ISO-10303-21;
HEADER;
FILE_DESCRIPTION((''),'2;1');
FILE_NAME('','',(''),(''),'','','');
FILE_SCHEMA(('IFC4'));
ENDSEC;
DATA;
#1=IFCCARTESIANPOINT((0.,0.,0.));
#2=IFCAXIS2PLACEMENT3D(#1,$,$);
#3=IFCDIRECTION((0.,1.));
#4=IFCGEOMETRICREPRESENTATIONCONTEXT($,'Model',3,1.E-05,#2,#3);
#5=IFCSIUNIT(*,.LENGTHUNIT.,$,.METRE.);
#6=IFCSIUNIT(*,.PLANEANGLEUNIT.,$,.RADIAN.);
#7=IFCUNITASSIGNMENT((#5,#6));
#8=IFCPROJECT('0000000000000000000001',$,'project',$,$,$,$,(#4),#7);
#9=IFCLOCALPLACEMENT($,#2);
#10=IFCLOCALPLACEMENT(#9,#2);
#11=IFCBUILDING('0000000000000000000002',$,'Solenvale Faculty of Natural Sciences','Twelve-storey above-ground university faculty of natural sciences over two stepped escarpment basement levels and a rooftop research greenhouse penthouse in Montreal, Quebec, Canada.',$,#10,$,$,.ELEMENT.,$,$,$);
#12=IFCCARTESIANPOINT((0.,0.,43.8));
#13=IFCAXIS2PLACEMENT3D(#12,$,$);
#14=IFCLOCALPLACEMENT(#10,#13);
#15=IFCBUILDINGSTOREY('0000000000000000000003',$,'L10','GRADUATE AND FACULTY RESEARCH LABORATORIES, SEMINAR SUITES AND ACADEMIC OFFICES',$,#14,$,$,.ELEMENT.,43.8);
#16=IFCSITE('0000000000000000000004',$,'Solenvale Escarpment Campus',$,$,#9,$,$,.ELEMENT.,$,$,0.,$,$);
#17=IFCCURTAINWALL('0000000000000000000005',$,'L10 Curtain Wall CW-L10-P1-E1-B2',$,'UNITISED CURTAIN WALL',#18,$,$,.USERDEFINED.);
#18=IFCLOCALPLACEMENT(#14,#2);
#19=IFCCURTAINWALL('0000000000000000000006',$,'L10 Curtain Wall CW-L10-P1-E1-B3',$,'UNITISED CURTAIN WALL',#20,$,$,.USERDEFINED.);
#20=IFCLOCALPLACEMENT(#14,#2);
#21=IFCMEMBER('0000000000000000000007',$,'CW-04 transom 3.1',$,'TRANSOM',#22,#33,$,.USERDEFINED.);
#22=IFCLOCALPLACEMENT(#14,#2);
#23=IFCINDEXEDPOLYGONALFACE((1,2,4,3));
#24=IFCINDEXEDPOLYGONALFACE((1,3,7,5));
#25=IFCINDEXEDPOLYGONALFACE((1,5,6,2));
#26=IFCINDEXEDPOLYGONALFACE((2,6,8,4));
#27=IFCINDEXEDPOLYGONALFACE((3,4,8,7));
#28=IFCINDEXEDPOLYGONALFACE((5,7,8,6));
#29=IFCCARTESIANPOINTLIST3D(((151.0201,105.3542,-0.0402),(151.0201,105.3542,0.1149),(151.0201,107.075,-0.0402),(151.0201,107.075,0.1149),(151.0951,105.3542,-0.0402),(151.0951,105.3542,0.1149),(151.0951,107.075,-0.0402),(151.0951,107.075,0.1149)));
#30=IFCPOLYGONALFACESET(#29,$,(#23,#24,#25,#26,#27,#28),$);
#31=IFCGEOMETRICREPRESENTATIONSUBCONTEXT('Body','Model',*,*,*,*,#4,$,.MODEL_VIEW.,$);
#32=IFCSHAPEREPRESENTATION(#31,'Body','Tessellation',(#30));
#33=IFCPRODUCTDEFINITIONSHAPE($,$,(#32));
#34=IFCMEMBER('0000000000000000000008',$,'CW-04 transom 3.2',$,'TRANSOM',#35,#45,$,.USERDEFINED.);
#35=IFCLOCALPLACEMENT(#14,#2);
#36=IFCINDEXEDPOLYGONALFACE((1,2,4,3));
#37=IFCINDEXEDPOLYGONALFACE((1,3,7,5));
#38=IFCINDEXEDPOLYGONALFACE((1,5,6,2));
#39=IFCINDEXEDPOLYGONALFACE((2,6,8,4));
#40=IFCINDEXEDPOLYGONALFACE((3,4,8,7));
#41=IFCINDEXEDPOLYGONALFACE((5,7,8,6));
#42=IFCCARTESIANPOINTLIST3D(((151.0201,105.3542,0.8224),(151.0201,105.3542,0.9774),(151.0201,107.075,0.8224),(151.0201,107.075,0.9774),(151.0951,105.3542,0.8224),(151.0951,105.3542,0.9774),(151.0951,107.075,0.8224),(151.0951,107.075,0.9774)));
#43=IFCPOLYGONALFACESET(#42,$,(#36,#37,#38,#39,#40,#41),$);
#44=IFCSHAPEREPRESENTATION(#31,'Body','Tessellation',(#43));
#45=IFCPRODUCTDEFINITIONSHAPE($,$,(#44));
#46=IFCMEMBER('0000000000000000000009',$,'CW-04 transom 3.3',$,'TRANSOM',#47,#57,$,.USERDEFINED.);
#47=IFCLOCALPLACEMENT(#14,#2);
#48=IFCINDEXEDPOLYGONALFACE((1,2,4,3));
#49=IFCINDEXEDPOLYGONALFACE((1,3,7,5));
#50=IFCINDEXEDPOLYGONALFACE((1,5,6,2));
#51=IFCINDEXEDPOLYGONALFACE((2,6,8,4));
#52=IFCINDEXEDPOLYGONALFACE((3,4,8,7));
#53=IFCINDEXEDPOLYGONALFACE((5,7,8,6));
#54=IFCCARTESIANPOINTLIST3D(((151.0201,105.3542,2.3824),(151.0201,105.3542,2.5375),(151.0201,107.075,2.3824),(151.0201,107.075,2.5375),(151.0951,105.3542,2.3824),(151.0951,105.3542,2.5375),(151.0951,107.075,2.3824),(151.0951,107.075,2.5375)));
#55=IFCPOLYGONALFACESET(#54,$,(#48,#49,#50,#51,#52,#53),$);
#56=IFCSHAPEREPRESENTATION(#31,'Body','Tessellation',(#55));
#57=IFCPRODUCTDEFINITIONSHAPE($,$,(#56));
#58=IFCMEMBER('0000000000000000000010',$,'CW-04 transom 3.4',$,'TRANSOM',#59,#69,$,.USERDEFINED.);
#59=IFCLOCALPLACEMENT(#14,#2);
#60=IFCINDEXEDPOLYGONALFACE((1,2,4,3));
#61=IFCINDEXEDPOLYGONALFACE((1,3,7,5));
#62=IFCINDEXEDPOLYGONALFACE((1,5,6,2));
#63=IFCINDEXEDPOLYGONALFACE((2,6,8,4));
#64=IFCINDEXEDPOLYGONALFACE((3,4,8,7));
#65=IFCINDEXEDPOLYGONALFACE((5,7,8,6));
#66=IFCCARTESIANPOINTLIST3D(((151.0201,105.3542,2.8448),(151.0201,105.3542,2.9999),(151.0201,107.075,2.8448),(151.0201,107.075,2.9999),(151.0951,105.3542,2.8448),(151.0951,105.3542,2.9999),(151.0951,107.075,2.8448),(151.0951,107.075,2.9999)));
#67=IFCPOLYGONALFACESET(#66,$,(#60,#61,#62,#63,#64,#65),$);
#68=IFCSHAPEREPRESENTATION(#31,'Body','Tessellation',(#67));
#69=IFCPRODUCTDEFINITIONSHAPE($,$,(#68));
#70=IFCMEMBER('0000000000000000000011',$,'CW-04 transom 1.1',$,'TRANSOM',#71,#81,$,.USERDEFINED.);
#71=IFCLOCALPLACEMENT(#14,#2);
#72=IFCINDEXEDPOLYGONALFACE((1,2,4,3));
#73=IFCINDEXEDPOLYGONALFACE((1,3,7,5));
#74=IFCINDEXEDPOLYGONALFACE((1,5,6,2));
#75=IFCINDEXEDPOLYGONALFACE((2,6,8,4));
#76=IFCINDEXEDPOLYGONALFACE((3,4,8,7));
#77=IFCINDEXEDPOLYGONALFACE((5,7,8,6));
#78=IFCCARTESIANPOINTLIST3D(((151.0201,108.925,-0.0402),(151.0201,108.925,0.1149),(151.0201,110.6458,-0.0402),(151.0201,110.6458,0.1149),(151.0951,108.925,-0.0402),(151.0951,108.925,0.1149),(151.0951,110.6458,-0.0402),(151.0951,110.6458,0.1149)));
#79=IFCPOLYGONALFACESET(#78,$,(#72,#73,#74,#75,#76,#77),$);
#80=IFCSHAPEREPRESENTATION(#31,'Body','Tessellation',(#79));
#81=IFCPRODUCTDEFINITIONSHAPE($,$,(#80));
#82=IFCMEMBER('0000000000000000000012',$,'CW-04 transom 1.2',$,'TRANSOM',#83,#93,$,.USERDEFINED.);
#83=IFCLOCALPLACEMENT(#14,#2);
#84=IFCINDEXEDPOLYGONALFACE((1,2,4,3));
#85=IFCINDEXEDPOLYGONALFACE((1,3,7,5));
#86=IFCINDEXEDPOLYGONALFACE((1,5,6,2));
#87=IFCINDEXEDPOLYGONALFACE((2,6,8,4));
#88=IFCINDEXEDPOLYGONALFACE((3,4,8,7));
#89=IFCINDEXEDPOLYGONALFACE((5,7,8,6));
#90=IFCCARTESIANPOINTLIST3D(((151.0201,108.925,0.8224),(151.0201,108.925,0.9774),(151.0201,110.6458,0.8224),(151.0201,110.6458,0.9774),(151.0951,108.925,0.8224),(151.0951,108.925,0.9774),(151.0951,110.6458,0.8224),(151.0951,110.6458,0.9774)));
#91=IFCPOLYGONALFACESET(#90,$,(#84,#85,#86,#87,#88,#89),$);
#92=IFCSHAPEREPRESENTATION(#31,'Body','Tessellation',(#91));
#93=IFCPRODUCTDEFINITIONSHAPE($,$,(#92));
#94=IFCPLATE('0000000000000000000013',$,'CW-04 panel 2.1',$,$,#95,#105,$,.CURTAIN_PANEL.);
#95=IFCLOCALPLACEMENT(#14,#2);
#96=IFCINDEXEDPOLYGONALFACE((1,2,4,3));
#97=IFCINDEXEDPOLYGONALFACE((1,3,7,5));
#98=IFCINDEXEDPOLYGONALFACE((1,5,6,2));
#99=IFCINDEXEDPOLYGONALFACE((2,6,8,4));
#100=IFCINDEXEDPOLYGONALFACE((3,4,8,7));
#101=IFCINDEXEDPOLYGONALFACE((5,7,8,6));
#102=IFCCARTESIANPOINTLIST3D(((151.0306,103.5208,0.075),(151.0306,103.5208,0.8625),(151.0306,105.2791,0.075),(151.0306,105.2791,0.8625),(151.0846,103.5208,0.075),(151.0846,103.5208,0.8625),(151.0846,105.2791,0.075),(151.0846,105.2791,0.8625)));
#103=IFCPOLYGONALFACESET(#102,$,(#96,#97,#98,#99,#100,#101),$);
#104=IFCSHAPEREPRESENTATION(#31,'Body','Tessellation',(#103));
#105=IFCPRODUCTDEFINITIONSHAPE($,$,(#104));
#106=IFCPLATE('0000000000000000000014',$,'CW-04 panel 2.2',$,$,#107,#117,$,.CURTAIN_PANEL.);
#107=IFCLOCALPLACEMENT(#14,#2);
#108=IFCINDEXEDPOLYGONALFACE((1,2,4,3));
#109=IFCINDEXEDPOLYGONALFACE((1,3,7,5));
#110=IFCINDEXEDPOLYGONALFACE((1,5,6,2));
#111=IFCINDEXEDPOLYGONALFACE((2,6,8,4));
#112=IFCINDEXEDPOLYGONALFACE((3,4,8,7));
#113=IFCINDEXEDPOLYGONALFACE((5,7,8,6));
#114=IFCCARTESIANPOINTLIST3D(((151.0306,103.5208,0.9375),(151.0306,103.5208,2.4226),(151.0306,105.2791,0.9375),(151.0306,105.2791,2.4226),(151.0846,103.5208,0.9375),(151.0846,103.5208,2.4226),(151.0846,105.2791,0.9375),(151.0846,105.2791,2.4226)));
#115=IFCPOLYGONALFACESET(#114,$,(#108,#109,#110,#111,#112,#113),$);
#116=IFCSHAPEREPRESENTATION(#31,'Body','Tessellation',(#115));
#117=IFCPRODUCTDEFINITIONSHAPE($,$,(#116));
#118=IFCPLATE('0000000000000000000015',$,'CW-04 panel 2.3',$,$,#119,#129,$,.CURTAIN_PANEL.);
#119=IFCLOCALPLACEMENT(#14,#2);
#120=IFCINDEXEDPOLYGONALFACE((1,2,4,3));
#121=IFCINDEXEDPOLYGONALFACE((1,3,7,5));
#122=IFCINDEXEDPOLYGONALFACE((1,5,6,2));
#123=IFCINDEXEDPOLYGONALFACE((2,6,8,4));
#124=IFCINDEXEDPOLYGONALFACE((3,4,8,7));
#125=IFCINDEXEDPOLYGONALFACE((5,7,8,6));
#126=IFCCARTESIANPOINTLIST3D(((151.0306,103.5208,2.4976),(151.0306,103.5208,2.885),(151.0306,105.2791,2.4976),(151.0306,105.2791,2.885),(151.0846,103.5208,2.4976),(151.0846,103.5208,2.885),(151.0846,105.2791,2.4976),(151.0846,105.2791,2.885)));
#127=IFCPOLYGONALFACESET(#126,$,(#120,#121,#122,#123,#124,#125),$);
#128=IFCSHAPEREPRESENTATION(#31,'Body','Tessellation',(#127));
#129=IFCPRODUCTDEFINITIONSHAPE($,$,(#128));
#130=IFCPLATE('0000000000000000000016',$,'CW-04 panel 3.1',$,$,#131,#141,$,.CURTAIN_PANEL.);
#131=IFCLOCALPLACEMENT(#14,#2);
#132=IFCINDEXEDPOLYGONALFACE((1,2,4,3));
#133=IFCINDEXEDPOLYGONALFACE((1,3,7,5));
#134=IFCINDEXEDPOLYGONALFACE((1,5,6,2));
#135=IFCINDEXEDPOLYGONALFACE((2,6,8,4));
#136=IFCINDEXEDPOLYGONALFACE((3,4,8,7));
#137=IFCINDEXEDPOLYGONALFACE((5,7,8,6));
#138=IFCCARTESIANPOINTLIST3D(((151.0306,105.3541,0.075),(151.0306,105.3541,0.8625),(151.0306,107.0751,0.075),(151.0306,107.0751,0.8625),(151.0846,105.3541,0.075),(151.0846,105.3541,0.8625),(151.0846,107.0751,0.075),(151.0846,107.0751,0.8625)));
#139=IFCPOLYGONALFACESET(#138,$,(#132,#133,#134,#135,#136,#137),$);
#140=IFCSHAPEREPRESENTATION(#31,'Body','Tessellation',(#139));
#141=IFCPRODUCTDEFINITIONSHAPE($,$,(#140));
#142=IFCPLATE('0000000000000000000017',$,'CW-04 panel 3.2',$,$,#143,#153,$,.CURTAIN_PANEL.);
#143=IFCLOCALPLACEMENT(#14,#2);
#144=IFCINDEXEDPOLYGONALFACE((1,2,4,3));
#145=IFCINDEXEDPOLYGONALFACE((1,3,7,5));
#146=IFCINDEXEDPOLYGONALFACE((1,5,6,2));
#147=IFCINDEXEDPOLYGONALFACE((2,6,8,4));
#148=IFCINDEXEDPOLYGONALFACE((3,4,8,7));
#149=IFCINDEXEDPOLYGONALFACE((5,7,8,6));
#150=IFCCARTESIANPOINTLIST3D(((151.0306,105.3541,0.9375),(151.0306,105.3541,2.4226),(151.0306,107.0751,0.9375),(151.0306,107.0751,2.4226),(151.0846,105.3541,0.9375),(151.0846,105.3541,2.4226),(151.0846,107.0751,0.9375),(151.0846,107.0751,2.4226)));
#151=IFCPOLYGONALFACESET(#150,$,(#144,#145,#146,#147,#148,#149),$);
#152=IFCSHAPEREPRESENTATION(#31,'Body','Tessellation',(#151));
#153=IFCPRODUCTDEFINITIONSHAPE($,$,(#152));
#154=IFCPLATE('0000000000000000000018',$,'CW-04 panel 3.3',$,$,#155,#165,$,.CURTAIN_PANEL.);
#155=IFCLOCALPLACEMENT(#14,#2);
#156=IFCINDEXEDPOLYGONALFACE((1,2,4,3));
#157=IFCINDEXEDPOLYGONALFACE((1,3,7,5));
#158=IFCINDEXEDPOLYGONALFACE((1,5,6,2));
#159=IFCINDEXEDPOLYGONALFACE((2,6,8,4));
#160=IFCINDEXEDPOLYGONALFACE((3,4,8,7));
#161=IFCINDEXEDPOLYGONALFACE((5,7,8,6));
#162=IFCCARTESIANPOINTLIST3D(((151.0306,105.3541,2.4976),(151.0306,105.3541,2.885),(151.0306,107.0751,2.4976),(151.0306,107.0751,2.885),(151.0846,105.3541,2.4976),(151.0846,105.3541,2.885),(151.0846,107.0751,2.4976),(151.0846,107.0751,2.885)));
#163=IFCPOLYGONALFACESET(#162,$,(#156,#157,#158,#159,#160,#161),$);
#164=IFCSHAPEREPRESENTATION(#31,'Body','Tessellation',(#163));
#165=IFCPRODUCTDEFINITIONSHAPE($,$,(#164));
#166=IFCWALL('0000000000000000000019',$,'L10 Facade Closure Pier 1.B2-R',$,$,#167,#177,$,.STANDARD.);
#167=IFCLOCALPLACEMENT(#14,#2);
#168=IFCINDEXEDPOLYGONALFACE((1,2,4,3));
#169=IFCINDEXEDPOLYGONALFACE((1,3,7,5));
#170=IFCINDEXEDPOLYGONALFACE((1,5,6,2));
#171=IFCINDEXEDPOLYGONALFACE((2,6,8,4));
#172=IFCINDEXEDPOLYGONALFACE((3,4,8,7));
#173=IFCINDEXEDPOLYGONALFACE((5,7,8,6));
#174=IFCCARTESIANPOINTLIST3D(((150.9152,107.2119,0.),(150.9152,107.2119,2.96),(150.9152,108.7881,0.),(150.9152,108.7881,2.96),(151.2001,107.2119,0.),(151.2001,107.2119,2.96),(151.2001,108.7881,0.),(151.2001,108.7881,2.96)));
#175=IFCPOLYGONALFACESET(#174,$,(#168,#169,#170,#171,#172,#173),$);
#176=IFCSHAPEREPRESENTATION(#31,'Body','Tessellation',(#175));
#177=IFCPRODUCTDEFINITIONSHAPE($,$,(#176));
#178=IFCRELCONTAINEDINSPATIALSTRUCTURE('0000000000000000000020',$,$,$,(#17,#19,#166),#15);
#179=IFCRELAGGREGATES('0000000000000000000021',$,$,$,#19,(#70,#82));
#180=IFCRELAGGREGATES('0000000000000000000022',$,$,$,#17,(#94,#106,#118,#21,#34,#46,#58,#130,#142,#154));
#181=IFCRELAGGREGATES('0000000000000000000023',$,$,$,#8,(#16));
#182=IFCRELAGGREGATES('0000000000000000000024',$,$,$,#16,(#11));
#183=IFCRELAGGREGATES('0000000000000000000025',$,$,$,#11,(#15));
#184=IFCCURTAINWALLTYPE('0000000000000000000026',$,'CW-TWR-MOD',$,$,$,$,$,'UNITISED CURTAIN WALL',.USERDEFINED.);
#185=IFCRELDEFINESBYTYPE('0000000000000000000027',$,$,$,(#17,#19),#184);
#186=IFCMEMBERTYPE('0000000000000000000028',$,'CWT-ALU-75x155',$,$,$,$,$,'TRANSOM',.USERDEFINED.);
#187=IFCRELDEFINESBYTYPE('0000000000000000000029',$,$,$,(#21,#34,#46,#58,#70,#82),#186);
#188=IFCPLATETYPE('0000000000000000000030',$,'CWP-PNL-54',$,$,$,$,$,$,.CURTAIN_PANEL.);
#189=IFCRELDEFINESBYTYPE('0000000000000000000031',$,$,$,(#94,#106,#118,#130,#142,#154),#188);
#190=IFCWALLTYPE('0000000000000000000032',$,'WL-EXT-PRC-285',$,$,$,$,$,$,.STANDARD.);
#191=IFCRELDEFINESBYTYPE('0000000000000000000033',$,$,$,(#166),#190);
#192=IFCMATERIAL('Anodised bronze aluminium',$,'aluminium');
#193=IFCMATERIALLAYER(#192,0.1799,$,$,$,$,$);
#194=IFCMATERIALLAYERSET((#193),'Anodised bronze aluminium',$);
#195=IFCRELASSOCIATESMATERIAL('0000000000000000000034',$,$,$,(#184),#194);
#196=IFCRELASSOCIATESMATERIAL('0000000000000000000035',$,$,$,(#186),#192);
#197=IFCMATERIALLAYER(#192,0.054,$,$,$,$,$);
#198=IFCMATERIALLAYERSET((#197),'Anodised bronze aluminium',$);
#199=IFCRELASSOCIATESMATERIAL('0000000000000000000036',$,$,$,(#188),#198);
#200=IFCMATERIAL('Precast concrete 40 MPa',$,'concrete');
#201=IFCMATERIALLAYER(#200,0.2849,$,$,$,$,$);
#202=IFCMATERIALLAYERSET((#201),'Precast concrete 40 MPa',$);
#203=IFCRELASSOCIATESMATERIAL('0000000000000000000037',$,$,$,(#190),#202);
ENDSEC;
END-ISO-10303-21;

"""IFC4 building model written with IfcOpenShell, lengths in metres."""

from ifc_helpers import new_model, si_unit, direction, frame, frame_2d, origin, origin_2d, place, context, subcontext, project, spatial, rectangle, extrude, material, layer, layer_set, material_profile, profile_set, type_object, element, aggregate, save


model = new_model("IFC4")

# Units and contexts
model_context = context("Model", 3, precision=1e-05, world=origin(), true_north=direction((0.0, 1.0)))
body_context = subcontext(model_context, "Body", "Model", "MODEL_VIEW")
ifc_project = project(units=[si_unit("LENGTHUNIT", "METRE"), si_unit("PLANEANGLEUNIT", "RADIAN")], contexts=[model_context])

# Site, building, storey
site_placement = place(None, origin())
site = spatial("IfcSite", under=ifc_project, at=site_placement, Name="Solenvale Escarpment Campus", CompositionType="ELEMENT", RefElevation=0.0)
building_placement = place(site_placement, origin())
building = spatial("IfcBuilding", under=site, at=building_placement, Name="Solenvale Faculty of Natural Sciences", Description="Twelve-storey above-ground university faculty of natural sciences over two stepped escarpment basement levels and a rooftop research greenhouse penthouse in Montreal, Quebec, Canada.", CompositionType="ELEMENT")
storey_placement = place(building_placement, frame((0.0, 0.0, 43.8)))
storey = spatial("IfcBuildingStorey", under=building, at=storey_placement, Name="L10", Description="GRADUATE AND FACULTY RESEARCH LABORATORIES, SEMINAR SUITES AND ACADEMIC OFFICES", CompositionType="ELEMENT", Elevation=43.8)

# Curtain wall
ifc_material_1 = material(Name="Anodised bronze aluminium", Category="aluminium")
ifc_layer_1 = layer(ifc_material_1, 0.1799)
ifc_layer_set_1 = layer_set([ifc_layer_1], Name="Anodised bronze aluminium")
curtain_wall_type = type_object("IfcCurtainWallType", Name="CW-TWR-MOD", ElementType="UNITISED CURTAIN WALL", PredefinedType="USERDEFINED", material=ifc_layer_set_1)
curtain_wall_1_placement = place(storey_placement, origin())
curtain_wall_1 = element("IfcCurtainWall", 1, at=curtain_wall_1_placement, inside=storey, type_object=curtain_wall_type, Name="L10 Curtain Wall CW-L10-P1-E1-B2", ObjectType="UNITISED CURTAIN WALL", PredefinedType="USERDEFINED")

# Curtain wall
curtain_wall_2_placement = place(storey_placement, origin())
curtain_wall_2 = element("IfcCurtainWall", 2, at=curtain_wall_2_placement, inside=storey, type_object=curtain_wall_type, Name="L10 Curtain Wall CW-L10-P1-E1-B3", ObjectType="UNITISED CURTAIN WALL", PredefinedType="USERDEFINED")

# Members
ifc_material_profile_1 = material_profile(ifc_material_1, rectangle(XDim=0.075, YDim=0.155, at=origin_2d()), Name="ALU-TRN-75x155")
ifc_profile_set_1 = profile_set([ifc_material_profile_1], Name="Anodised bronze aluminium")
member_type_1 = type_object("IfcMemberType", Name="CWT-ALU-75x155", ElementType="TRANSOM", PredefinedType="USERDEFINED", material=ifc_profile_set_1)
member_1_placement = place(storey_placement, frame((151.0576, 105.3542, 0.0374), z_axis=(0.0, 1.0, 0.0), x_axis=(-1.0, 0.0, 0.0)))
member_1 = element("IfcMember", 3, at=member_1_placement, type_object=member_type_1, Name="CW-04 transom 3.1", ObjectType="TRANSOM", PredefinedType="USERDEFINED", context=body_context, shape_type="SweptSolid", body=[
    extrude(rectangle(XDim=0.075, YDim=0.155, at=origin_2d()), origin(), (0.0, 0.0, 1.0), 1.7207),
])
member_2_placement = place(storey_placement, frame((151.0576, 105.3542, 0.8999), z_axis=(0.0, 1.0, 0.0), x_axis=(-1.0, 0.0, 0.0)))
member_2 = element("IfcMember", 4, at=member_2_placement, type_object=member_type_1, Name="CW-04 transom 3.2", ObjectType="TRANSOM", PredefinedType="USERDEFINED", context=body_context, shape_type="SweptSolid", body=[
    extrude(rectangle(XDim=0.075, YDim=0.155, at=origin_2d()), origin(), (0.0, 0.0, 1.0), 1.7207),
])
member_3_placement = place(storey_placement, frame((151.0576, 105.3542, 2.46), z_axis=(0.0, 1.0, 0.0), x_axis=(-1.0, 0.0, 0.0)))
member_3 = element("IfcMember", 5, at=member_3_placement, type_object=member_type_1, Name="CW-04 transom 3.3", ObjectType="TRANSOM", PredefinedType="USERDEFINED", context=body_context, shape_type="SweptSolid", body=[
    extrude(rectangle(XDim=0.075, YDim=0.155, at=origin_2d()), origin(), (0.0, 0.0, 1.0), 1.7207),
])
member_4_placement = place(storey_placement, frame((151.0576, 105.3542, 2.9224), z_axis=(0.0, 1.0, 0.0), x_axis=(-1.0, 0.0, 0.0)))
member_4 = element("IfcMember", 6, at=member_4_placement, type_object=member_type_1, Name="CW-04 transom 3.4", ObjectType="TRANSOM", PredefinedType="USERDEFINED", context=body_context, shape_type="SweptSolid", body=[
    extrude(rectangle(XDim=0.075, YDim=0.155, at=origin_2d()), origin(), (0.0, 0.0, 1.0), 1.7207),
])
member_5_placement = place(storey_placement, frame((151.0576, 108.925, 0.0374), z_axis=(0.0, 1.0, 0.0), x_axis=(-1.0, 0.0, 0.0)))
member_5 = element("IfcMember", 7, at=member_5_placement, type_object=member_type_1, Name="CW-04 transom 1.1", ObjectType="TRANSOM", PredefinedType="USERDEFINED", context=body_context, shape_type="SweptSolid", body=[
    extrude(rectangle(XDim=0.075, YDim=0.155, at=origin_2d()), origin(), (0.0, 0.0, 1.0), 1.7207),
])
member_6_placement = place(storey_placement, frame((151.0576, 108.925, 0.8999), z_axis=(0.0, 1.0, 0.0), x_axis=(-1.0, 0.0, 0.0)))
member_6 = element("IfcMember", 8, at=member_6_placement, type_object=member_type_1, Name="CW-04 transom 1.2", ObjectType="TRANSOM", PredefinedType="USERDEFINED", context=body_context, shape_type="SweptSolid", body=[
    extrude(rectangle(XDim=0.075, YDim=0.155, at=origin_2d()), origin(), (0.0, 0.0, 1.0), 1.7207),
])
aggregate(curtain_wall_2, [member_5, member_6])

# Plates
ifc_layer_2 = layer(ifc_material_1, 0.054)
ifc_layer_set_2 = layer_set([ifc_layer_2], Name="Anodised bronze aluminium")
plate_type = type_object("IfcPlateType", Name="CWP-PNL-54", PredefinedType="CURTAIN_PANEL", material=ifc_layer_set_2)
plate_1_placement = place(storey_placement, frame((151.0576, 104.3999, 0.075), z_axis=(0.0, 0.0, 1.0), x_axis=(0.0, 1.0, 0.0)))
plate_1 = element("IfcPlate", 9, at=plate_1_placement, type_object=plate_type, Name="CW-04 panel 2.1", PredefinedType="CURTAIN_PANEL", context=body_context, shape_type="SweptSolid", body=[
    extrude(rectangle(XDim=1.7583, YDim=0.054, at=origin_2d()), origin(), (0.0, 0.0, 1.0), 0.7876),
])
plate_2_placement = place(storey_placement, frame((151.0576, 104.3999, 0.9375), z_axis=(0.0, 0.0, 1.0), x_axis=(0.0, 1.0, 0.0)))
plate_2 = element("IfcPlate", 10, at=plate_2_placement, type_object=plate_type, Name="CW-04 panel 2.2", PredefinedType="CURTAIN_PANEL", context=body_context, shape_type="SweptSolid", body=[
    extrude(rectangle(XDim=1.7583, YDim=0.054, at=origin_2d()), origin(), (0.0, 0.0, 1.0), 1.4851),
])
plate_3_placement = place(storey_placement, frame((151.0576, 104.3999, 2.4976), z_axis=(0.0, 0.0, 1.0), x_axis=(0.0, 1.0, 0.0)))
plate_3 = element("IfcPlate", 11, at=plate_3_placement, type_object=plate_type, Name="CW-04 panel 2.3", PredefinedType="CURTAIN_PANEL", context=body_context, shape_type="SweptSolid", body=[
    extrude(rectangle(XDim=1.7583, YDim=0.054, at=origin_2d()), origin(), (0.0, 0.0, 1.0), 0.3875),
])
plate_4_placement = place(storey_placement, frame((151.0576, 106.2146, 0.075), z_axis=(0.0, 0.0, 1.0), x_axis=(0.0, 1.0, 0.0)))
plate_4 = element("IfcPlate", 12, at=plate_4_placement, type_object=plate_type, Name="CW-04 panel 3.1", PredefinedType="CURTAIN_PANEL", context=body_context, shape_type="SweptSolid", body=[
    extrude(rectangle(XDim=1.7209, YDim=0.054, at=origin_2d()), origin(), (0.0, 0.0, 1.0), 0.7876),
])
plate_5_placement = place(storey_placement, frame((151.0576, 106.2146, 0.9375), z_axis=(0.0, 0.0, 1.0), x_axis=(0.0, 1.0, 0.0)))
plate_5 = element("IfcPlate", 13, at=plate_5_placement, type_object=plate_type, Name="CW-04 panel 3.2", PredefinedType="CURTAIN_PANEL", context=body_context, shape_type="SweptSolid", body=[
    extrude(rectangle(XDim=1.7209, YDim=0.054, at=origin_2d()), origin(), (0.0, 0.0, 1.0), 1.4851),
])
plate_6_placement = place(storey_placement, frame((151.0576, 106.2146, 2.4976), z_axis=(0.0, 0.0, 1.0), x_axis=(0.0, 1.0, 0.0)))
plate_6 = element("IfcPlate", 14, at=plate_6_placement, type_object=plate_type, Name="CW-04 panel 3.3", PredefinedType="CURTAIN_PANEL", context=body_context, shape_type="SweptSolid", body=[
    extrude(rectangle(XDim=1.7209, YDim=0.054, at=origin_2d()), origin(), (0.0, 0.0, 1.0), 0.3875),
])
aggregate(curtain_wall_1, [plate_1, plate_2, plate_3, member_1, member_2, member_3, member_4, plate_4, plate_5, plate_6])

# Wall
ifc_material_2 = material(Name="Precast concrete 40 MPa", Category="concrete")
ifc_layer_3 = layer(ifc_material_2, 0.2849)
ifc_layer_set_3 = layer_set([ifc_layer_3], Name="Precast concrete 40 MPa")
wall_type_1 = type_object("IfcWallType", Name="WL-EXT-PRC-285", PredefinedType="STANDARD", material=ifc_layer_set_3)
wall_1_placement = place(storey_placement, frame((151.0576, 107.2119, 0.0), z_axis=(0.0, 0.0, 1.0), x_axis=(0.0, 1.0, 0.0)))
element("IfcWall", 15, at=wall_1_placement, inside=storey, type_object=wall_type_1, Name="L10 Facade Closure Pier 1.B2-R", PredefinedType="STANDARD", context=body_context, shape_type="SweptSolid", body=[
    extrude(rectangle(XDim=1.5762, YDim=0.2849, at=frame_2d((0.7881, 0.0))), origin(), (0.0, 0.0, 1.0), 2.96),
])

save(model, "model.ifc")
